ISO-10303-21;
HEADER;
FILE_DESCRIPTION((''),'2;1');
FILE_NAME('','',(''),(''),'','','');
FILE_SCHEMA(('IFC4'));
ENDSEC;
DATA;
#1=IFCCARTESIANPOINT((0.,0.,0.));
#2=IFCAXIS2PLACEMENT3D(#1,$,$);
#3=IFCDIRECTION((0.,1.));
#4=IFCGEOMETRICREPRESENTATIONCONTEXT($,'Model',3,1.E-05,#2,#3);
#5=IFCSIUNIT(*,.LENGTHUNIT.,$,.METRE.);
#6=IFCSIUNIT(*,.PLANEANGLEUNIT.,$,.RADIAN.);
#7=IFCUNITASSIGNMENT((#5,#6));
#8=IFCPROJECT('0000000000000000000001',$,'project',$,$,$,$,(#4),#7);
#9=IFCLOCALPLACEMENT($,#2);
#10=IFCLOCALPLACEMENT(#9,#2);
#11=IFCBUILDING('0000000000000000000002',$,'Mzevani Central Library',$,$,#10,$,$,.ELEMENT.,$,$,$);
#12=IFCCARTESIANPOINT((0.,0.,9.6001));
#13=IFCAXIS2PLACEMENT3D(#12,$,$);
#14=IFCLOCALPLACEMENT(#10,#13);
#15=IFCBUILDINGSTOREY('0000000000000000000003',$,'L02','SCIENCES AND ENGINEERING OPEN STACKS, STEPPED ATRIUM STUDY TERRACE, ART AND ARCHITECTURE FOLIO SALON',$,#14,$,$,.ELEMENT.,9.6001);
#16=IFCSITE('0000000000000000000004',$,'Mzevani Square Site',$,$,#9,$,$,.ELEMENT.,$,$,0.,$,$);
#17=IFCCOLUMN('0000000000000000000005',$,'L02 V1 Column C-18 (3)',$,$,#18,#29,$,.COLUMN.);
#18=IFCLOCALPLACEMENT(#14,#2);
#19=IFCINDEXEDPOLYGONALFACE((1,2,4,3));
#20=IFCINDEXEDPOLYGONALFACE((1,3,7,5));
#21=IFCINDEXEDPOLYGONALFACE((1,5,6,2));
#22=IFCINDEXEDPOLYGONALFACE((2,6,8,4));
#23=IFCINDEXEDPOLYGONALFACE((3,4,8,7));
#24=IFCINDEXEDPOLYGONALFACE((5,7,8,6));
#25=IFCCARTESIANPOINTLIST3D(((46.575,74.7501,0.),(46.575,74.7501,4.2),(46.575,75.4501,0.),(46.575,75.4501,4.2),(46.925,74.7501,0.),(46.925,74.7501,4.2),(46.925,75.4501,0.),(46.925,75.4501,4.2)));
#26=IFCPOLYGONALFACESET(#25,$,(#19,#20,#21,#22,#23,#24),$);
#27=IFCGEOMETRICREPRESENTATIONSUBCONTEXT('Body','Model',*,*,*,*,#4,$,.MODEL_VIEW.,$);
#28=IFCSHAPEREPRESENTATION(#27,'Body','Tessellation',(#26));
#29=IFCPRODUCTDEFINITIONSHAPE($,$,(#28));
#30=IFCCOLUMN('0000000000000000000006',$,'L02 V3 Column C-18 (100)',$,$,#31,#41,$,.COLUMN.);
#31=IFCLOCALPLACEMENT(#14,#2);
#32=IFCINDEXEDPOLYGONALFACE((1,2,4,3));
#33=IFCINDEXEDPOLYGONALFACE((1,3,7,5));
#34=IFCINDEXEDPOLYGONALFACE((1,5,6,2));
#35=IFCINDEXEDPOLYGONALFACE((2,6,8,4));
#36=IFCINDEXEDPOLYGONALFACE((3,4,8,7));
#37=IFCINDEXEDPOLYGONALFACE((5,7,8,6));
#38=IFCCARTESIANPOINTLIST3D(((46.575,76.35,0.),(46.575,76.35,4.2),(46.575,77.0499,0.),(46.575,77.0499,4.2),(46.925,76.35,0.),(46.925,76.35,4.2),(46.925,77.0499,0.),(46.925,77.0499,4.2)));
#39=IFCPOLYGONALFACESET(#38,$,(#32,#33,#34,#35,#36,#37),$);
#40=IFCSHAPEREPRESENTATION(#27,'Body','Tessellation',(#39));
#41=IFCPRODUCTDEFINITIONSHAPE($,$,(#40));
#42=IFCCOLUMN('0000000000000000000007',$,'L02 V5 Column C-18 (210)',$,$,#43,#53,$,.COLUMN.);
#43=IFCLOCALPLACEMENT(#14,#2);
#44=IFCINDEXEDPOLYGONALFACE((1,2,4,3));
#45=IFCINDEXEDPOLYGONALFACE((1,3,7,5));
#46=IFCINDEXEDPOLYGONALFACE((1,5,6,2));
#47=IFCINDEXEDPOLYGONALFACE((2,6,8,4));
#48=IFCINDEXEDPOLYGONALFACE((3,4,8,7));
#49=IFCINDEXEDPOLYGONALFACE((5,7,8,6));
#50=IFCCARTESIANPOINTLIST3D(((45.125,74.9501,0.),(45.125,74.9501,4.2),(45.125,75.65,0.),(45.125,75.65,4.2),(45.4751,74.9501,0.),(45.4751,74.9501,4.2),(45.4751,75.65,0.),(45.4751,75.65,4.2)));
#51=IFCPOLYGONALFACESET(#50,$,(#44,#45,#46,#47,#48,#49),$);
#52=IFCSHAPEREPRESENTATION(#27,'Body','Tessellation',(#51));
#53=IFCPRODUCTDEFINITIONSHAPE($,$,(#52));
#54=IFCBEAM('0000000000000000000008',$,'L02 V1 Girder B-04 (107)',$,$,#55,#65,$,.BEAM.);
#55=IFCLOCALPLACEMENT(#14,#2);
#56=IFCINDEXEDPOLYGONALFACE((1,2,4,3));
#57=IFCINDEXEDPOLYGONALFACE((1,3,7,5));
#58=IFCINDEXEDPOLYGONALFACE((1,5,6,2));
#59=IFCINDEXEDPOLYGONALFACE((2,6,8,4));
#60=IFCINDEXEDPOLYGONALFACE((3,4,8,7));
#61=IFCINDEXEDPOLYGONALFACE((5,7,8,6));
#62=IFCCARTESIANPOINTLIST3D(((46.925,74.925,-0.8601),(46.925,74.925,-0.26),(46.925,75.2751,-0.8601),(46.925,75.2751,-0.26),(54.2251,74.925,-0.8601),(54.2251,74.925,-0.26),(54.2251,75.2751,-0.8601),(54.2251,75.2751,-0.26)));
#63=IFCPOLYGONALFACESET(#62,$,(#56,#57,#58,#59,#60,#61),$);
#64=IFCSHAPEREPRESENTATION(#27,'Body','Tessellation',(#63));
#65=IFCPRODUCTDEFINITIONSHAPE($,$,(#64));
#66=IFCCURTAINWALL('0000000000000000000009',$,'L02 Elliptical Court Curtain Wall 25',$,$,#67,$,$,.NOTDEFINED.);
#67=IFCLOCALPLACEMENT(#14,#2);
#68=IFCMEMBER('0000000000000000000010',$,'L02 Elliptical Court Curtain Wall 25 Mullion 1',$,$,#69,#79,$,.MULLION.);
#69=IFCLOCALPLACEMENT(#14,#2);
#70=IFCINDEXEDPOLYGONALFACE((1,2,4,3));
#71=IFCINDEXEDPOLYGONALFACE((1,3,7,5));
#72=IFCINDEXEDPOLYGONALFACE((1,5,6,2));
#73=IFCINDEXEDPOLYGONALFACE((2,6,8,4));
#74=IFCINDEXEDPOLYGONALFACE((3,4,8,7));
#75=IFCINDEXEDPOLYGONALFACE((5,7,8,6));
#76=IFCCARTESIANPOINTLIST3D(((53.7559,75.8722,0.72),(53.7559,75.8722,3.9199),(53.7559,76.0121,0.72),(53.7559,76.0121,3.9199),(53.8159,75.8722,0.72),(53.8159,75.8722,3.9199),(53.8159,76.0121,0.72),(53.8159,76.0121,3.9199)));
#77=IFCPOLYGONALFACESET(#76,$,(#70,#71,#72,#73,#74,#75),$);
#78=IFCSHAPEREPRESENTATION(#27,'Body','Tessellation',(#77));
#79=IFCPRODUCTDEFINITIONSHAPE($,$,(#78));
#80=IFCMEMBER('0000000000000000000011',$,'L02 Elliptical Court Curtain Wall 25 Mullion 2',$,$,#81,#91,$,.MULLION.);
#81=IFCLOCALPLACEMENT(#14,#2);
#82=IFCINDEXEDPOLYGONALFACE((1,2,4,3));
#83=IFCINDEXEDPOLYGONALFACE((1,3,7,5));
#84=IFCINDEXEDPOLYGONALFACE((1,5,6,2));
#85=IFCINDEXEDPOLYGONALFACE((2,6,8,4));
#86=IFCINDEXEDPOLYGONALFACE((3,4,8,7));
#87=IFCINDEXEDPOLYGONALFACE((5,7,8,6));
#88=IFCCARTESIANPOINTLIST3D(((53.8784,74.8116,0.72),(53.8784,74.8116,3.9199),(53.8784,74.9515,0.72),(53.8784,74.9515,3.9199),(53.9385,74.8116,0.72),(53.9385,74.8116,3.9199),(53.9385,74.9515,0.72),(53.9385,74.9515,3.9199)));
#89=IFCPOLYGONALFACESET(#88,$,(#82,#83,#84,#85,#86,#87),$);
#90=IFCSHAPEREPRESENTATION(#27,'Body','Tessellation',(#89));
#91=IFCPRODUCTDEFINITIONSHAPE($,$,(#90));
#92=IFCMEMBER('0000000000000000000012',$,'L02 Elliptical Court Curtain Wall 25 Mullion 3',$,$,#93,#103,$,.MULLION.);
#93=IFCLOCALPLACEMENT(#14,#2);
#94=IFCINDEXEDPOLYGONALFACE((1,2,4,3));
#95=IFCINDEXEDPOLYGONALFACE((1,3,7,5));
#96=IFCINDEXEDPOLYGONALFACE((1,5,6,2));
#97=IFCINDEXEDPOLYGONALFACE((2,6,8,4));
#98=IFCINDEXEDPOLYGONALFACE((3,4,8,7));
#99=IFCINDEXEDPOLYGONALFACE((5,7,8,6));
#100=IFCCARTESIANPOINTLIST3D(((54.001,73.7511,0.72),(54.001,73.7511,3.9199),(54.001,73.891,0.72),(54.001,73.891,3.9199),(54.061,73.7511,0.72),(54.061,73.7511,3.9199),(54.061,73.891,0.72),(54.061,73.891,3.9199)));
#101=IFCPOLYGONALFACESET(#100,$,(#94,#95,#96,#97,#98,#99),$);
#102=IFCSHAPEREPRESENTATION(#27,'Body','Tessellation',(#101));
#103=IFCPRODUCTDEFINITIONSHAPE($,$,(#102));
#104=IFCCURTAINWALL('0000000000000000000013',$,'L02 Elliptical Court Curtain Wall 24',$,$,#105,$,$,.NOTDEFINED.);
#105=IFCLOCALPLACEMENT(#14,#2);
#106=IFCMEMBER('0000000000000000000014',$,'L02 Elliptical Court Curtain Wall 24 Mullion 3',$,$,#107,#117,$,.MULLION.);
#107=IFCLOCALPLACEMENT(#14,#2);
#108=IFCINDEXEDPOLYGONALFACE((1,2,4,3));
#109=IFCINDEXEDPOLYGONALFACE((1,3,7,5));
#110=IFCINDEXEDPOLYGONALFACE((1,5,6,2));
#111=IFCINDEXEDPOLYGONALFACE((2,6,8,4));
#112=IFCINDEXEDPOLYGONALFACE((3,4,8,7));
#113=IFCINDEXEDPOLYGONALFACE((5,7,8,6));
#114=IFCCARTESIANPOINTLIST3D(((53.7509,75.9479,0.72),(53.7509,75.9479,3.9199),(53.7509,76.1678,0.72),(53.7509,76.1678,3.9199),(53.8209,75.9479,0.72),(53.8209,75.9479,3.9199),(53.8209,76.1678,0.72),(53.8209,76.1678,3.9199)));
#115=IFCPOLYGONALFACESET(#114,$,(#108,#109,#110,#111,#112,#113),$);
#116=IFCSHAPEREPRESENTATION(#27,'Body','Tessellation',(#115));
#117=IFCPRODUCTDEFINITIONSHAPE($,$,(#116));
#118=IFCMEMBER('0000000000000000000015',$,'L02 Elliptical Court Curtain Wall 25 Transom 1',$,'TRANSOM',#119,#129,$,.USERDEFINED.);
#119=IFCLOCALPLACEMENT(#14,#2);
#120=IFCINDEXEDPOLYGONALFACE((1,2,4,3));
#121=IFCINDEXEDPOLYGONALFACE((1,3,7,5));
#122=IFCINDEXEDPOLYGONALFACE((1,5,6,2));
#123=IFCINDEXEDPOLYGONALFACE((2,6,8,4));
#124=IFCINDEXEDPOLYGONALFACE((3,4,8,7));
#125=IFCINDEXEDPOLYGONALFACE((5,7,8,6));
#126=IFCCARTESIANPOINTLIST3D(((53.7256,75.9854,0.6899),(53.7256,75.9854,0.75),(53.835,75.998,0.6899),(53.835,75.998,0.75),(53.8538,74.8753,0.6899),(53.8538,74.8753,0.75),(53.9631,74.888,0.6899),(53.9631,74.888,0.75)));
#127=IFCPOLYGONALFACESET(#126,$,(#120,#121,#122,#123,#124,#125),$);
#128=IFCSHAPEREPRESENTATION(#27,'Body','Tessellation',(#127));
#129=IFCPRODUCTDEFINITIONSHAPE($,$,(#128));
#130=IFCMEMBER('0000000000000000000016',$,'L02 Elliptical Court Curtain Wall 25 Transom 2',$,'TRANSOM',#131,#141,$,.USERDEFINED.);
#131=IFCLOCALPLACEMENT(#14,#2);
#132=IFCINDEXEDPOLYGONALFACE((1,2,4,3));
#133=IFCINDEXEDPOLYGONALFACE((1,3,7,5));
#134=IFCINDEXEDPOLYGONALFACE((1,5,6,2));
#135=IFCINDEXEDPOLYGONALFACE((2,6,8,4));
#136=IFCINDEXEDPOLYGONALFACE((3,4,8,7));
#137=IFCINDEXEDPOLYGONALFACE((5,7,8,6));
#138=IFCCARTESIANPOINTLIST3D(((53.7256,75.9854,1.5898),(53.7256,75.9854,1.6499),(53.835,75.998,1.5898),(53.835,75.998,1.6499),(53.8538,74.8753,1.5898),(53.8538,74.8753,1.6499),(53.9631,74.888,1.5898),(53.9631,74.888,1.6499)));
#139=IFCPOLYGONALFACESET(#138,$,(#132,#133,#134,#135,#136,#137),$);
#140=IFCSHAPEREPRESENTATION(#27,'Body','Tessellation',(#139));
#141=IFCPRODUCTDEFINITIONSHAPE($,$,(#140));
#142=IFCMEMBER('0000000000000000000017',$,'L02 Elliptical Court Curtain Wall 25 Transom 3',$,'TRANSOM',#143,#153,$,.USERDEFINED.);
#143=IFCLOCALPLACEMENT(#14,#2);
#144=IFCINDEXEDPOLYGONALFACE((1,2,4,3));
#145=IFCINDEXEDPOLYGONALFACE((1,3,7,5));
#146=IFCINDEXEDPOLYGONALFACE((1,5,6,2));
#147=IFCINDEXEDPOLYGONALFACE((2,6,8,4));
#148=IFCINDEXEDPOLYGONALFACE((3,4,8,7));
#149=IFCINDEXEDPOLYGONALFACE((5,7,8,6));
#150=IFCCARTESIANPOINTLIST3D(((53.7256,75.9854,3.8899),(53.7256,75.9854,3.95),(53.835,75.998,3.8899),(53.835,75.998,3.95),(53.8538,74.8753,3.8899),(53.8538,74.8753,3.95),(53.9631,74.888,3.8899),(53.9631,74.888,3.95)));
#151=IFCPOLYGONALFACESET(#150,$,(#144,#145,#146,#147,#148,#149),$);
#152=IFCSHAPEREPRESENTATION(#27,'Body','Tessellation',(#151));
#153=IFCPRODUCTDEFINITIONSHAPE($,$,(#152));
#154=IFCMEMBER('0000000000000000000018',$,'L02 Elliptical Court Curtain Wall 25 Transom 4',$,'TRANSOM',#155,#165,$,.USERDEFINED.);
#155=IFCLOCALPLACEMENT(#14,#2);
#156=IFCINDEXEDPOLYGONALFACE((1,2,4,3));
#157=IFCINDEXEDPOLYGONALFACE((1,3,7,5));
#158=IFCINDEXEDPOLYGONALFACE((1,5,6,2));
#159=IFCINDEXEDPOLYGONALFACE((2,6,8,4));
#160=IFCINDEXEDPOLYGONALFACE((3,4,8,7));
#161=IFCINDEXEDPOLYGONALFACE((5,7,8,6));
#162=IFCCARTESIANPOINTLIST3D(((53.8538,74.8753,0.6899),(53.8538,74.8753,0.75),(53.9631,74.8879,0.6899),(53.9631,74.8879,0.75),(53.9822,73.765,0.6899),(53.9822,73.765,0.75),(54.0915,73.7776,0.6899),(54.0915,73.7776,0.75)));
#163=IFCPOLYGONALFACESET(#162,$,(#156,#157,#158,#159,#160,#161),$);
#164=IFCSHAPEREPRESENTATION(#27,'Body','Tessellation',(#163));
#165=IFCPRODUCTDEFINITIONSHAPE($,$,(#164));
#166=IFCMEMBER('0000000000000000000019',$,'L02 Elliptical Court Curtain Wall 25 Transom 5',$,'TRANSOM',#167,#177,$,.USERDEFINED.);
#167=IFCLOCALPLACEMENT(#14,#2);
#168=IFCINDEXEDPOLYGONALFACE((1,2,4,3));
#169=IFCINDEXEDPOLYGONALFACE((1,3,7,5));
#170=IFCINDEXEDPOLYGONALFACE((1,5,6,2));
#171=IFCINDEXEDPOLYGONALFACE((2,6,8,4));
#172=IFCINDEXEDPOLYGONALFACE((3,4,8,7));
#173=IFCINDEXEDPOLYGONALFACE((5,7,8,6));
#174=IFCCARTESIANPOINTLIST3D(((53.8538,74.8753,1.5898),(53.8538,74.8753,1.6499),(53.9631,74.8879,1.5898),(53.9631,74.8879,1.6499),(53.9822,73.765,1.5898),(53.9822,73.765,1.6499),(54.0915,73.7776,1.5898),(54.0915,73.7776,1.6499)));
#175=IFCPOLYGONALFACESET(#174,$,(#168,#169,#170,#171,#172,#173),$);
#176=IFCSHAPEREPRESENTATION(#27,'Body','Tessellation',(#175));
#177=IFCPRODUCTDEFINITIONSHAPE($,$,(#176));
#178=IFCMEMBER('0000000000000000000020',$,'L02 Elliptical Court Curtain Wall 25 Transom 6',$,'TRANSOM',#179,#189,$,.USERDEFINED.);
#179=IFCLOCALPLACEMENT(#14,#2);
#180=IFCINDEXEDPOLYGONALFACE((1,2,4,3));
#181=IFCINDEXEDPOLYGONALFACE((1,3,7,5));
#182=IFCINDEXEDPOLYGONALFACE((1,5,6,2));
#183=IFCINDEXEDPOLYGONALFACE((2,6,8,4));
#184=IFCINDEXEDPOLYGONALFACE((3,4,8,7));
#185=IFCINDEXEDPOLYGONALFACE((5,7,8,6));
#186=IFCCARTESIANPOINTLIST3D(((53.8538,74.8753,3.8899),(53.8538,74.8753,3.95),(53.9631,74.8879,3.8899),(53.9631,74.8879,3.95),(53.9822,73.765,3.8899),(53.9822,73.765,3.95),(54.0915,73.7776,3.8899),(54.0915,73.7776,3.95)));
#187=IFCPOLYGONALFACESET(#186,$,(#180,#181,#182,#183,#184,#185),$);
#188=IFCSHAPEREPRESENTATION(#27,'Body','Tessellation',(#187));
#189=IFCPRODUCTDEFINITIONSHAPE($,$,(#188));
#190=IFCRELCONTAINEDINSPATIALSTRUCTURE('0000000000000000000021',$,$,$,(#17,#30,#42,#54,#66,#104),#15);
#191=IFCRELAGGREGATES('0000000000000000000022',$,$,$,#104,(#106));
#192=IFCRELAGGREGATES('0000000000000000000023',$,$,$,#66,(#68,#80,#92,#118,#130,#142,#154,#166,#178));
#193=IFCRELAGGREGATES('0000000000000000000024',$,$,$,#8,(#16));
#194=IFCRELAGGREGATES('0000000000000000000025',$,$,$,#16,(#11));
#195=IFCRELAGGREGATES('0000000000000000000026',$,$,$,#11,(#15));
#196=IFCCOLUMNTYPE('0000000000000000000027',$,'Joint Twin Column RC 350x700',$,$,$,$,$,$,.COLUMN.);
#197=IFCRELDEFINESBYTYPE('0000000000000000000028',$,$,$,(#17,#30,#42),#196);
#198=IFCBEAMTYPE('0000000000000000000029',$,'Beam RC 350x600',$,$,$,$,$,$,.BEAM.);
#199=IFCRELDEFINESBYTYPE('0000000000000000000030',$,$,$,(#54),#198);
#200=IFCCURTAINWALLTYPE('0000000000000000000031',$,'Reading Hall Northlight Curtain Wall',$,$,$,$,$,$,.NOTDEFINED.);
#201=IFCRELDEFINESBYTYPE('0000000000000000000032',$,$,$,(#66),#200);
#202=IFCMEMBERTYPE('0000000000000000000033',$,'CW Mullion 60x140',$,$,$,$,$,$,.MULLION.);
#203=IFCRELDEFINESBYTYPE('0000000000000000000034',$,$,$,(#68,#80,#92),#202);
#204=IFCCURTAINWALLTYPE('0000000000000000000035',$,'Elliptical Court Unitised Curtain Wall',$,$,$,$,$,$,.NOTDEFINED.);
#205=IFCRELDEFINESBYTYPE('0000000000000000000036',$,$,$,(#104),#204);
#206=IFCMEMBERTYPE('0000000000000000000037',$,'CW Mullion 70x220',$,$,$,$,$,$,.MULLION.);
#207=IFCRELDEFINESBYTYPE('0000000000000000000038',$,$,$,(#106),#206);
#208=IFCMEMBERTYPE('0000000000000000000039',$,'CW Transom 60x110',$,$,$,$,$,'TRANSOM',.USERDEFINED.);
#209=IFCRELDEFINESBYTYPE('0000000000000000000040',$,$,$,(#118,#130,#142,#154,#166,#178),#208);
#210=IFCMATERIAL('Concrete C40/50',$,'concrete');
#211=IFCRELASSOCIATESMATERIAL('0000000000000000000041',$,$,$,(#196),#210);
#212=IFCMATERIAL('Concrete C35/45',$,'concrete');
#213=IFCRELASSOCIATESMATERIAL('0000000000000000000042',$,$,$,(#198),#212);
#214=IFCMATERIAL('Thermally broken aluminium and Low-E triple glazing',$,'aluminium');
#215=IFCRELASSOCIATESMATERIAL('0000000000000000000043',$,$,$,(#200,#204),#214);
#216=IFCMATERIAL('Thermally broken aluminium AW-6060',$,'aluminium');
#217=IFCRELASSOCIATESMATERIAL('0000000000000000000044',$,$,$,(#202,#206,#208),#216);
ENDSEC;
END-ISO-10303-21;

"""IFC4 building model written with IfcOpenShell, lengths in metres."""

from ifc_helpers import new_model, si_unit, direction, frame, origin, origin_2d, place, context, subcontext, project, spatial, rectangle, extrude, material, material_profile, profile_set, type_object, element, aggregate, save


model = new_model("IFC4")

# Units and contexts
model_context = context("Model", 3, precision=1e-05, world=origin(), true_north=direction((0.0, 1.0)))
body_context = subcontext(model_context, "Body", "Model", "MODEL_VIEW")
ifc_project = project(units=[si_unit("LENGTHUNIT", "METRE"), si_unit("PLANEANGLEUNIT", "RADIAN")], contexts=[model_context])

# Site, building, storey
site_placement = place(None, origin())
site = spatial("IfcSite", under=ifc_project, at=site_placement, Name="Mzevani Square Site", CompositionType="ELEMENT", RefElevation=0.0)
building_placement = place(site_placement, origin())
building = spatial("IfcBuilding", under=site, at=building_placement, Name="Mzevani Central Library", CompositionType="ELEMENT")
storey_placement = place(building_placement, frame((0.0, 0.0, 9.6001)))
storey = spatial("IfcBuildingStorey", under=building, at=storey_placement, Name="L02", Description="SCIENCES AND ENGINEERING OPEN STACKS, STEPPED ATRIUM STUDY TERRACE, ART AND ARCHITECTURE FOLIO SALON", CompositionType="ELEMENT", Elevation=9.6001)

# Columns
ifc_material_1 = material(Name="Concrete C40/50", Category="concrete")
ifc_material_profile_1 = material_profile(ifc_material_1, rectangle(XDim=0.3501, YDim=0.7, at=origin_2d()), Name="RC 350x700")
ifc_profile_set_1 = profile_set([ifc_material_profile_1], Name="Concrete C40/50")
column_type = type_object("IfcColumnType", Name="Joint Twin Column RC 350x700", PredefinedType="COLUMN", material=ifc_profile_set_1)
for number, where, z_axis, x_axis, name in (
    (1, (46.75, 75.1001, 0.0), (0.0, 0.0, 1.0), (1.0, 0.0, 0.0), "L02 V1 Column C-18 (3)"),
    (2, (46.75, 76.7, 0.0), (0.0, 0.0, 1.0), (1.0, 0.0, 0.0), "L02 V3 Column C-18 (100)"),
    (3, (45.3, 75.3, 0.0), (0.0, 0.0, 1.0), (1.0, 0.0, 0.0), "L02 V5 Column C-18 (210)"),
):
    element("IfcColumn", number, at=place(storey_placement, frame(where, z_axis=z_axis, x_axis=x_axis)), inside=storey, type_object=column_type, Name=name, PredefinedType="COLUMN", context=body_context, shape_type="SweptSolid", body=[
        extrude(rectangle(XDim=0.3501, YDim=0.7, at=origin_2d()), origin(), (0.0, 0.0, 1.0), 4.2),
    ])

# Beam
ifc_material_2 = material(Name="Concrete C35/45", Category="concrete")
ifc_material_profile_2 = material_profile(ifc_material_2, rectangle(XDim=0.3501, YDim=0.6001, at=origin_2d()), Name="RC B350x600")
ifc_profile_set_2 = profile_set([ifc_material_profile_2], Name="Concrete C35/45")
beam_type = type_object("IfcBeamType", Name="Beam RC 350x600", PredefinedType="BEAM", material=ifc_profile_set_2)
beam_placement = place(storey_placement, frame((46.925, 75.1001, -0.5601), z_axis=(1.0, 0.0, 0.0), x_axis=(0.0, 1.0, 0.0)))
element("IfcBeam", 4, at=beam_placement, inside=storey, type_object=beam_type, Name="L02 V1 Girder B-04 (107)", PredefinedType="BEAM", context=body_context, shape_type="SweptSolid", body=[
    extrude(rectangle(XDim=0.3501, YDim=0.6001, at=origin_2d()), origin(), (0.0, 0.0, 1.0), 7.3),
])

# Curtain wall, members
ifc_material_3 = material(Name="Thermally broken aluminium and Low-E triple glazing", Category="aluminium")
curtain_wall_type_1 = type_object("IfcCurtainWallType", Name="Reading Hall Northlight Curtain Wall", PredefinedType="NOTDEFINED", material=ifc_material_3)
curtain_wall_1_placement = place(storey_placement, origin())
curtain_wall_1 = element("IfcCurtainWall", 5, at=curtain_wall_1_placement, inside=storey, type_object=curtain_wall_type_1, Name="L02 Elliptical Court Curtain Wall 25", PredefinedType="NOTDEFINED")
ifc_material_4 = material(Name="Thermally broken aluminium AW-6060", Category="aluminium")
ifc_material_profile_3 = material_profile(ifc_material_4, rectangle(XDim=0.0601, YDim=0.1399, at=origin_2d()), Name="ALU M60x140")
ifc_profile_set_3 = profile_set([ifc_material_profile_3], Name="Thermally broken aluminium AW-6060")
member_type_1 = type_object("IfcMemberType", Name="CW Mullion 60x140", PredefinedType="MULLION", material=ifc_profile_set_3)
member_1_placement = place(storey_placement, frame((53.7859, 75.9421, 0.72), z_axis=(0.0, 0.0, 1.0), x_axis=(1.0, 0.0, 0.0)))
member_1 = element("IfcMember", 6, at=member_1_placement, type_object=member_type_1, Name="L02 Elliptical Court Curtain Wall 25 Mullion 1", PredefinedType="MULLION", context=body_context, shape_type="SweptSolid", body=[
    extrude(rectangle(XDim=0.0601, YDim=0.1399, at=origin_2d()), origin(), (0.0, 0.0, 1.0), 3.2),
])
member_2_placement = place(storey_placement, frame((53.9084, 74.8816, 0.72), z_axis=(0.0, 0.0, 1.0), x_axis=(1.0, 0.0, 0.0)))
member_2 = element("IfcMember", 7, at=member_2_placement, type_object=member_type_1, Name="L02 Elliptical Court Curtain Wall 25 Mullion 2", PredefinedType="MULLION", context=body_context, shape_type="SweptSolid", body=[
    extrude(rectangle(XDim=0.0601, YDim=0.1399, at=origin_2d()), origin(), (0.0, 0.0, 1.0), 3.2),
])
member_3_placement = place(storey_placement, frame((54.031, 73.821, 0.72), z_axis=(0.0, 0.0, 1.0), x_axis=(1.0, 0.0, 0.0)))
member_3 = element("IfcMember", 8, at=member_3_placement, type_object=member_type_1, Name="L02 Elliptical Court Curtain Wall 25 Mullion 3", PredefinedType="MULLION", context=body_context, shape_type="SweptSolid", body=[
    extrude(rectangle(XDim=0.0601, YDim=0.1399, at=origin_2d()), origin(), (0.0, 0.0, 1.0), 3.2),
])

# Curtain wall, member
curtain_wall_type_2 = type_object("IfcCurtainWallType", Name="Elliptical Court Unitised Curtain Wall", PredefinedType="NOTDEFINED", material=ifc_material_3)
curtain_wall_2_placement = place(storey_placement, origin())
curtain_wall_2 = element("IfcCurtainWall", 9, at=curtain_wall_2_placement, inside=storey, type_object=curtain_wall_type_2, Name="L02 Elliptical Court Curtain Wall 24", PredefinedType="NOTDEFINED")
ifc_material_profile_4 = material_profile(ifc_material_4, rectangle(XDim=0.0701, YDim=0.22, at=origin_2d()), Name="ALU M70x220")
ifc_profile_set_4 = profile_set([ifc_material_profile_4], Name="Thermally broken aluminium AW-6060")
member_type_2 = type_object("IfcMemberType", Name="CW Mullion 70x220", PredefinedType="MULLION", material=ifc_profile_set_4)
member_4_placement = place(storey_placement, frame((53.7859, 76.0579, 0.72), z_axis=(0.0, 0.0, 1.0), x_axis=(1.0, 0.0, 0.0)))
member_4 = element("IfcMember", 10, at=member_4_placement, type_object=member_type_2, Name="L02 Elliptical Court Curtain Wall 24 Mullion 3", PredefinedType="MULLION", context=body_context, shape_type="SweptSolid", body=[
    extrude(rectangle(XDim=0.0701, YDim=0.22, at=origin_2d()), origin(), (0.0, 0.0, 1.0), 3.2),
])

# Members
ifc_material_profile_5 = material_profile(ifc_material_4, rectangle(XDim=0.1101, YDim=0.0601, at=origin_2d()), Name="ALU T60x110")
ifc_profile_set_5 = profile_set([ifc_material_profile_5], Name="Thermally broken aluminium AW-6060")
member_type_3 = type_object("IfcMemberType", Name="CW Transom 60x110", ElementType="TRANSOM", PredefinedType="USERDEFINED", material=ifc_profile_set_5)
member_5_placement = place(storey_placement, frame((53.7803, 75.9917, 0.72), z_axis=(0.114699, -0.9934, 0.0), x_axis=(0.9934, 0.114699, 0.0)))
member_5 = element("IfcMember", 11, at=member_5_placement, type_object=member_type_3, Name="L02 Elliptical Court Curtain Wall 25 Transom 1", ObjectType="TRANSOM", PredefinedType="USERDEFINED", context=body_context, shape_type="SweptSolid", body=[
    extrude(rectangle(XDim=0.1101, YDim=0.0601, at=origin_2d()), origin(), (0.0, 0.0, 1.0), 1.1174),
])
member_6_placement = place(storey_placement, frame((53.7803, 75.9917, 1.6199), z_axis=(0.114699, -0.9934, 0.0), x_axis=(0.9934, 0.114699, 0.0)))
member_6 = element("IfcMember", 12, at=member_6_placement, type_object=member_type_3, Name="L02 Elliptical Court Curtain Wall 25 Transom 2", ObjectType="TRANSOM", PredefinedType="USERDEFINED", context=body_context, shape_type="SweptSolid", body=[
    extrude(rectangle(XDim=0.1101, YDim=0.0601, at=origin_2d()), origin(), (0.0, 0.0, 1.0), 1.1174),
])
member_7_placement = place(storey_placement, frame((53.7803, 75.9917, 3.9199), z_axis=(0.114699, -0.9934, 0.0), x_axis=(0.9934, 0.114699, 0.0)))
member_7 = element("IfcMember", 13, at=member_7_placement, type_object=member_type_3, Name="L02 Elliptical Court Curtain Wall 25 Transom 3", ObjectType="TRANSOM", PredefinedType="USERDEFINED", context=body_context, shape_type="SweptSolid", body=[
    extrude(rectangle(XDim=0.1101, YDim=0.0601, at=origin_2d()), origin(), (0.0, 0.0, 1.0), 1.1174),
])
member_8_placement = place(storey_placement, frame((53.9084, 74.8816, 0.72), z_axis=(0.114889, -0.993378, 0.0), x_axis=(0.993378, 0.114889, 0.0)))
member_8 = element("IfcMember", 14, at=member_8_placement, type_object=member_type_3, Name="L02 Elliptical Court Curtain Wall 25 Transom 4", ObjectType="TRANSOM", PredefinedType="USERDEFINED", context=body_context, shape_type="SweptSolid", body=[
    extrude(rectangle(XDim=0.1101, YDim=0.0601, at=origin_2d()), origin(), (0.0, 0.0, 1.0), 1.1177),
])
member_9_placement = place(storey_placement, frame((53.9084, 74.8816, 1.6199), z_axis=(0.114889, -0.993378, 0.0), x_axis=(0.993378, 0.114889, 0.0)))
member_9 = element("IfcMember", 15, at=member_9_placement, type_object=member_type_3, Name="L02 Elliptical Court Curtain Wall 25 Transom 5", ObjectType="TRANSOM", PredefinedType="USERDEFINED", context=body_context, shape_type="SweptSolid", body=[
    extrude(rectangle(XDim=0.1101, YDim=0.0601, at=origin_2d()), origin(), (0.0, 0.0, 1.0), 1.1177),
])
member_10_placement = place(storey_placement, frame((53.9084, 74.8816, 3.9199), z_axis=(0.114889, -0.993378, 0.0), x_axis=(0.993378, 0.114889, 0.0)))
member_10 = element("IfcMember", 16, at=member_10_placement, type_object=member_type_3, Name="L02 Elliptical Court Curtain Wall 25 Transom 6", ObjectType="TRANSOM", PredefinedType="USERDEFINED", context=body_context, shape_type="SweptSolid", body=[
    extrude(rectangle(XDim=0.1101, YDim=0.0601, at=origin_2d()), origin(), (0.0, 0.0, 1.0), 1.1177),
])

aggregate(curtain_wall_2, [member_4])
aggregate(curtain_wall_1, [member_1, member_2, member_3, member_5, member_6, member_7, member_8, member_9, member_10])

save(model, "model.ifc")
